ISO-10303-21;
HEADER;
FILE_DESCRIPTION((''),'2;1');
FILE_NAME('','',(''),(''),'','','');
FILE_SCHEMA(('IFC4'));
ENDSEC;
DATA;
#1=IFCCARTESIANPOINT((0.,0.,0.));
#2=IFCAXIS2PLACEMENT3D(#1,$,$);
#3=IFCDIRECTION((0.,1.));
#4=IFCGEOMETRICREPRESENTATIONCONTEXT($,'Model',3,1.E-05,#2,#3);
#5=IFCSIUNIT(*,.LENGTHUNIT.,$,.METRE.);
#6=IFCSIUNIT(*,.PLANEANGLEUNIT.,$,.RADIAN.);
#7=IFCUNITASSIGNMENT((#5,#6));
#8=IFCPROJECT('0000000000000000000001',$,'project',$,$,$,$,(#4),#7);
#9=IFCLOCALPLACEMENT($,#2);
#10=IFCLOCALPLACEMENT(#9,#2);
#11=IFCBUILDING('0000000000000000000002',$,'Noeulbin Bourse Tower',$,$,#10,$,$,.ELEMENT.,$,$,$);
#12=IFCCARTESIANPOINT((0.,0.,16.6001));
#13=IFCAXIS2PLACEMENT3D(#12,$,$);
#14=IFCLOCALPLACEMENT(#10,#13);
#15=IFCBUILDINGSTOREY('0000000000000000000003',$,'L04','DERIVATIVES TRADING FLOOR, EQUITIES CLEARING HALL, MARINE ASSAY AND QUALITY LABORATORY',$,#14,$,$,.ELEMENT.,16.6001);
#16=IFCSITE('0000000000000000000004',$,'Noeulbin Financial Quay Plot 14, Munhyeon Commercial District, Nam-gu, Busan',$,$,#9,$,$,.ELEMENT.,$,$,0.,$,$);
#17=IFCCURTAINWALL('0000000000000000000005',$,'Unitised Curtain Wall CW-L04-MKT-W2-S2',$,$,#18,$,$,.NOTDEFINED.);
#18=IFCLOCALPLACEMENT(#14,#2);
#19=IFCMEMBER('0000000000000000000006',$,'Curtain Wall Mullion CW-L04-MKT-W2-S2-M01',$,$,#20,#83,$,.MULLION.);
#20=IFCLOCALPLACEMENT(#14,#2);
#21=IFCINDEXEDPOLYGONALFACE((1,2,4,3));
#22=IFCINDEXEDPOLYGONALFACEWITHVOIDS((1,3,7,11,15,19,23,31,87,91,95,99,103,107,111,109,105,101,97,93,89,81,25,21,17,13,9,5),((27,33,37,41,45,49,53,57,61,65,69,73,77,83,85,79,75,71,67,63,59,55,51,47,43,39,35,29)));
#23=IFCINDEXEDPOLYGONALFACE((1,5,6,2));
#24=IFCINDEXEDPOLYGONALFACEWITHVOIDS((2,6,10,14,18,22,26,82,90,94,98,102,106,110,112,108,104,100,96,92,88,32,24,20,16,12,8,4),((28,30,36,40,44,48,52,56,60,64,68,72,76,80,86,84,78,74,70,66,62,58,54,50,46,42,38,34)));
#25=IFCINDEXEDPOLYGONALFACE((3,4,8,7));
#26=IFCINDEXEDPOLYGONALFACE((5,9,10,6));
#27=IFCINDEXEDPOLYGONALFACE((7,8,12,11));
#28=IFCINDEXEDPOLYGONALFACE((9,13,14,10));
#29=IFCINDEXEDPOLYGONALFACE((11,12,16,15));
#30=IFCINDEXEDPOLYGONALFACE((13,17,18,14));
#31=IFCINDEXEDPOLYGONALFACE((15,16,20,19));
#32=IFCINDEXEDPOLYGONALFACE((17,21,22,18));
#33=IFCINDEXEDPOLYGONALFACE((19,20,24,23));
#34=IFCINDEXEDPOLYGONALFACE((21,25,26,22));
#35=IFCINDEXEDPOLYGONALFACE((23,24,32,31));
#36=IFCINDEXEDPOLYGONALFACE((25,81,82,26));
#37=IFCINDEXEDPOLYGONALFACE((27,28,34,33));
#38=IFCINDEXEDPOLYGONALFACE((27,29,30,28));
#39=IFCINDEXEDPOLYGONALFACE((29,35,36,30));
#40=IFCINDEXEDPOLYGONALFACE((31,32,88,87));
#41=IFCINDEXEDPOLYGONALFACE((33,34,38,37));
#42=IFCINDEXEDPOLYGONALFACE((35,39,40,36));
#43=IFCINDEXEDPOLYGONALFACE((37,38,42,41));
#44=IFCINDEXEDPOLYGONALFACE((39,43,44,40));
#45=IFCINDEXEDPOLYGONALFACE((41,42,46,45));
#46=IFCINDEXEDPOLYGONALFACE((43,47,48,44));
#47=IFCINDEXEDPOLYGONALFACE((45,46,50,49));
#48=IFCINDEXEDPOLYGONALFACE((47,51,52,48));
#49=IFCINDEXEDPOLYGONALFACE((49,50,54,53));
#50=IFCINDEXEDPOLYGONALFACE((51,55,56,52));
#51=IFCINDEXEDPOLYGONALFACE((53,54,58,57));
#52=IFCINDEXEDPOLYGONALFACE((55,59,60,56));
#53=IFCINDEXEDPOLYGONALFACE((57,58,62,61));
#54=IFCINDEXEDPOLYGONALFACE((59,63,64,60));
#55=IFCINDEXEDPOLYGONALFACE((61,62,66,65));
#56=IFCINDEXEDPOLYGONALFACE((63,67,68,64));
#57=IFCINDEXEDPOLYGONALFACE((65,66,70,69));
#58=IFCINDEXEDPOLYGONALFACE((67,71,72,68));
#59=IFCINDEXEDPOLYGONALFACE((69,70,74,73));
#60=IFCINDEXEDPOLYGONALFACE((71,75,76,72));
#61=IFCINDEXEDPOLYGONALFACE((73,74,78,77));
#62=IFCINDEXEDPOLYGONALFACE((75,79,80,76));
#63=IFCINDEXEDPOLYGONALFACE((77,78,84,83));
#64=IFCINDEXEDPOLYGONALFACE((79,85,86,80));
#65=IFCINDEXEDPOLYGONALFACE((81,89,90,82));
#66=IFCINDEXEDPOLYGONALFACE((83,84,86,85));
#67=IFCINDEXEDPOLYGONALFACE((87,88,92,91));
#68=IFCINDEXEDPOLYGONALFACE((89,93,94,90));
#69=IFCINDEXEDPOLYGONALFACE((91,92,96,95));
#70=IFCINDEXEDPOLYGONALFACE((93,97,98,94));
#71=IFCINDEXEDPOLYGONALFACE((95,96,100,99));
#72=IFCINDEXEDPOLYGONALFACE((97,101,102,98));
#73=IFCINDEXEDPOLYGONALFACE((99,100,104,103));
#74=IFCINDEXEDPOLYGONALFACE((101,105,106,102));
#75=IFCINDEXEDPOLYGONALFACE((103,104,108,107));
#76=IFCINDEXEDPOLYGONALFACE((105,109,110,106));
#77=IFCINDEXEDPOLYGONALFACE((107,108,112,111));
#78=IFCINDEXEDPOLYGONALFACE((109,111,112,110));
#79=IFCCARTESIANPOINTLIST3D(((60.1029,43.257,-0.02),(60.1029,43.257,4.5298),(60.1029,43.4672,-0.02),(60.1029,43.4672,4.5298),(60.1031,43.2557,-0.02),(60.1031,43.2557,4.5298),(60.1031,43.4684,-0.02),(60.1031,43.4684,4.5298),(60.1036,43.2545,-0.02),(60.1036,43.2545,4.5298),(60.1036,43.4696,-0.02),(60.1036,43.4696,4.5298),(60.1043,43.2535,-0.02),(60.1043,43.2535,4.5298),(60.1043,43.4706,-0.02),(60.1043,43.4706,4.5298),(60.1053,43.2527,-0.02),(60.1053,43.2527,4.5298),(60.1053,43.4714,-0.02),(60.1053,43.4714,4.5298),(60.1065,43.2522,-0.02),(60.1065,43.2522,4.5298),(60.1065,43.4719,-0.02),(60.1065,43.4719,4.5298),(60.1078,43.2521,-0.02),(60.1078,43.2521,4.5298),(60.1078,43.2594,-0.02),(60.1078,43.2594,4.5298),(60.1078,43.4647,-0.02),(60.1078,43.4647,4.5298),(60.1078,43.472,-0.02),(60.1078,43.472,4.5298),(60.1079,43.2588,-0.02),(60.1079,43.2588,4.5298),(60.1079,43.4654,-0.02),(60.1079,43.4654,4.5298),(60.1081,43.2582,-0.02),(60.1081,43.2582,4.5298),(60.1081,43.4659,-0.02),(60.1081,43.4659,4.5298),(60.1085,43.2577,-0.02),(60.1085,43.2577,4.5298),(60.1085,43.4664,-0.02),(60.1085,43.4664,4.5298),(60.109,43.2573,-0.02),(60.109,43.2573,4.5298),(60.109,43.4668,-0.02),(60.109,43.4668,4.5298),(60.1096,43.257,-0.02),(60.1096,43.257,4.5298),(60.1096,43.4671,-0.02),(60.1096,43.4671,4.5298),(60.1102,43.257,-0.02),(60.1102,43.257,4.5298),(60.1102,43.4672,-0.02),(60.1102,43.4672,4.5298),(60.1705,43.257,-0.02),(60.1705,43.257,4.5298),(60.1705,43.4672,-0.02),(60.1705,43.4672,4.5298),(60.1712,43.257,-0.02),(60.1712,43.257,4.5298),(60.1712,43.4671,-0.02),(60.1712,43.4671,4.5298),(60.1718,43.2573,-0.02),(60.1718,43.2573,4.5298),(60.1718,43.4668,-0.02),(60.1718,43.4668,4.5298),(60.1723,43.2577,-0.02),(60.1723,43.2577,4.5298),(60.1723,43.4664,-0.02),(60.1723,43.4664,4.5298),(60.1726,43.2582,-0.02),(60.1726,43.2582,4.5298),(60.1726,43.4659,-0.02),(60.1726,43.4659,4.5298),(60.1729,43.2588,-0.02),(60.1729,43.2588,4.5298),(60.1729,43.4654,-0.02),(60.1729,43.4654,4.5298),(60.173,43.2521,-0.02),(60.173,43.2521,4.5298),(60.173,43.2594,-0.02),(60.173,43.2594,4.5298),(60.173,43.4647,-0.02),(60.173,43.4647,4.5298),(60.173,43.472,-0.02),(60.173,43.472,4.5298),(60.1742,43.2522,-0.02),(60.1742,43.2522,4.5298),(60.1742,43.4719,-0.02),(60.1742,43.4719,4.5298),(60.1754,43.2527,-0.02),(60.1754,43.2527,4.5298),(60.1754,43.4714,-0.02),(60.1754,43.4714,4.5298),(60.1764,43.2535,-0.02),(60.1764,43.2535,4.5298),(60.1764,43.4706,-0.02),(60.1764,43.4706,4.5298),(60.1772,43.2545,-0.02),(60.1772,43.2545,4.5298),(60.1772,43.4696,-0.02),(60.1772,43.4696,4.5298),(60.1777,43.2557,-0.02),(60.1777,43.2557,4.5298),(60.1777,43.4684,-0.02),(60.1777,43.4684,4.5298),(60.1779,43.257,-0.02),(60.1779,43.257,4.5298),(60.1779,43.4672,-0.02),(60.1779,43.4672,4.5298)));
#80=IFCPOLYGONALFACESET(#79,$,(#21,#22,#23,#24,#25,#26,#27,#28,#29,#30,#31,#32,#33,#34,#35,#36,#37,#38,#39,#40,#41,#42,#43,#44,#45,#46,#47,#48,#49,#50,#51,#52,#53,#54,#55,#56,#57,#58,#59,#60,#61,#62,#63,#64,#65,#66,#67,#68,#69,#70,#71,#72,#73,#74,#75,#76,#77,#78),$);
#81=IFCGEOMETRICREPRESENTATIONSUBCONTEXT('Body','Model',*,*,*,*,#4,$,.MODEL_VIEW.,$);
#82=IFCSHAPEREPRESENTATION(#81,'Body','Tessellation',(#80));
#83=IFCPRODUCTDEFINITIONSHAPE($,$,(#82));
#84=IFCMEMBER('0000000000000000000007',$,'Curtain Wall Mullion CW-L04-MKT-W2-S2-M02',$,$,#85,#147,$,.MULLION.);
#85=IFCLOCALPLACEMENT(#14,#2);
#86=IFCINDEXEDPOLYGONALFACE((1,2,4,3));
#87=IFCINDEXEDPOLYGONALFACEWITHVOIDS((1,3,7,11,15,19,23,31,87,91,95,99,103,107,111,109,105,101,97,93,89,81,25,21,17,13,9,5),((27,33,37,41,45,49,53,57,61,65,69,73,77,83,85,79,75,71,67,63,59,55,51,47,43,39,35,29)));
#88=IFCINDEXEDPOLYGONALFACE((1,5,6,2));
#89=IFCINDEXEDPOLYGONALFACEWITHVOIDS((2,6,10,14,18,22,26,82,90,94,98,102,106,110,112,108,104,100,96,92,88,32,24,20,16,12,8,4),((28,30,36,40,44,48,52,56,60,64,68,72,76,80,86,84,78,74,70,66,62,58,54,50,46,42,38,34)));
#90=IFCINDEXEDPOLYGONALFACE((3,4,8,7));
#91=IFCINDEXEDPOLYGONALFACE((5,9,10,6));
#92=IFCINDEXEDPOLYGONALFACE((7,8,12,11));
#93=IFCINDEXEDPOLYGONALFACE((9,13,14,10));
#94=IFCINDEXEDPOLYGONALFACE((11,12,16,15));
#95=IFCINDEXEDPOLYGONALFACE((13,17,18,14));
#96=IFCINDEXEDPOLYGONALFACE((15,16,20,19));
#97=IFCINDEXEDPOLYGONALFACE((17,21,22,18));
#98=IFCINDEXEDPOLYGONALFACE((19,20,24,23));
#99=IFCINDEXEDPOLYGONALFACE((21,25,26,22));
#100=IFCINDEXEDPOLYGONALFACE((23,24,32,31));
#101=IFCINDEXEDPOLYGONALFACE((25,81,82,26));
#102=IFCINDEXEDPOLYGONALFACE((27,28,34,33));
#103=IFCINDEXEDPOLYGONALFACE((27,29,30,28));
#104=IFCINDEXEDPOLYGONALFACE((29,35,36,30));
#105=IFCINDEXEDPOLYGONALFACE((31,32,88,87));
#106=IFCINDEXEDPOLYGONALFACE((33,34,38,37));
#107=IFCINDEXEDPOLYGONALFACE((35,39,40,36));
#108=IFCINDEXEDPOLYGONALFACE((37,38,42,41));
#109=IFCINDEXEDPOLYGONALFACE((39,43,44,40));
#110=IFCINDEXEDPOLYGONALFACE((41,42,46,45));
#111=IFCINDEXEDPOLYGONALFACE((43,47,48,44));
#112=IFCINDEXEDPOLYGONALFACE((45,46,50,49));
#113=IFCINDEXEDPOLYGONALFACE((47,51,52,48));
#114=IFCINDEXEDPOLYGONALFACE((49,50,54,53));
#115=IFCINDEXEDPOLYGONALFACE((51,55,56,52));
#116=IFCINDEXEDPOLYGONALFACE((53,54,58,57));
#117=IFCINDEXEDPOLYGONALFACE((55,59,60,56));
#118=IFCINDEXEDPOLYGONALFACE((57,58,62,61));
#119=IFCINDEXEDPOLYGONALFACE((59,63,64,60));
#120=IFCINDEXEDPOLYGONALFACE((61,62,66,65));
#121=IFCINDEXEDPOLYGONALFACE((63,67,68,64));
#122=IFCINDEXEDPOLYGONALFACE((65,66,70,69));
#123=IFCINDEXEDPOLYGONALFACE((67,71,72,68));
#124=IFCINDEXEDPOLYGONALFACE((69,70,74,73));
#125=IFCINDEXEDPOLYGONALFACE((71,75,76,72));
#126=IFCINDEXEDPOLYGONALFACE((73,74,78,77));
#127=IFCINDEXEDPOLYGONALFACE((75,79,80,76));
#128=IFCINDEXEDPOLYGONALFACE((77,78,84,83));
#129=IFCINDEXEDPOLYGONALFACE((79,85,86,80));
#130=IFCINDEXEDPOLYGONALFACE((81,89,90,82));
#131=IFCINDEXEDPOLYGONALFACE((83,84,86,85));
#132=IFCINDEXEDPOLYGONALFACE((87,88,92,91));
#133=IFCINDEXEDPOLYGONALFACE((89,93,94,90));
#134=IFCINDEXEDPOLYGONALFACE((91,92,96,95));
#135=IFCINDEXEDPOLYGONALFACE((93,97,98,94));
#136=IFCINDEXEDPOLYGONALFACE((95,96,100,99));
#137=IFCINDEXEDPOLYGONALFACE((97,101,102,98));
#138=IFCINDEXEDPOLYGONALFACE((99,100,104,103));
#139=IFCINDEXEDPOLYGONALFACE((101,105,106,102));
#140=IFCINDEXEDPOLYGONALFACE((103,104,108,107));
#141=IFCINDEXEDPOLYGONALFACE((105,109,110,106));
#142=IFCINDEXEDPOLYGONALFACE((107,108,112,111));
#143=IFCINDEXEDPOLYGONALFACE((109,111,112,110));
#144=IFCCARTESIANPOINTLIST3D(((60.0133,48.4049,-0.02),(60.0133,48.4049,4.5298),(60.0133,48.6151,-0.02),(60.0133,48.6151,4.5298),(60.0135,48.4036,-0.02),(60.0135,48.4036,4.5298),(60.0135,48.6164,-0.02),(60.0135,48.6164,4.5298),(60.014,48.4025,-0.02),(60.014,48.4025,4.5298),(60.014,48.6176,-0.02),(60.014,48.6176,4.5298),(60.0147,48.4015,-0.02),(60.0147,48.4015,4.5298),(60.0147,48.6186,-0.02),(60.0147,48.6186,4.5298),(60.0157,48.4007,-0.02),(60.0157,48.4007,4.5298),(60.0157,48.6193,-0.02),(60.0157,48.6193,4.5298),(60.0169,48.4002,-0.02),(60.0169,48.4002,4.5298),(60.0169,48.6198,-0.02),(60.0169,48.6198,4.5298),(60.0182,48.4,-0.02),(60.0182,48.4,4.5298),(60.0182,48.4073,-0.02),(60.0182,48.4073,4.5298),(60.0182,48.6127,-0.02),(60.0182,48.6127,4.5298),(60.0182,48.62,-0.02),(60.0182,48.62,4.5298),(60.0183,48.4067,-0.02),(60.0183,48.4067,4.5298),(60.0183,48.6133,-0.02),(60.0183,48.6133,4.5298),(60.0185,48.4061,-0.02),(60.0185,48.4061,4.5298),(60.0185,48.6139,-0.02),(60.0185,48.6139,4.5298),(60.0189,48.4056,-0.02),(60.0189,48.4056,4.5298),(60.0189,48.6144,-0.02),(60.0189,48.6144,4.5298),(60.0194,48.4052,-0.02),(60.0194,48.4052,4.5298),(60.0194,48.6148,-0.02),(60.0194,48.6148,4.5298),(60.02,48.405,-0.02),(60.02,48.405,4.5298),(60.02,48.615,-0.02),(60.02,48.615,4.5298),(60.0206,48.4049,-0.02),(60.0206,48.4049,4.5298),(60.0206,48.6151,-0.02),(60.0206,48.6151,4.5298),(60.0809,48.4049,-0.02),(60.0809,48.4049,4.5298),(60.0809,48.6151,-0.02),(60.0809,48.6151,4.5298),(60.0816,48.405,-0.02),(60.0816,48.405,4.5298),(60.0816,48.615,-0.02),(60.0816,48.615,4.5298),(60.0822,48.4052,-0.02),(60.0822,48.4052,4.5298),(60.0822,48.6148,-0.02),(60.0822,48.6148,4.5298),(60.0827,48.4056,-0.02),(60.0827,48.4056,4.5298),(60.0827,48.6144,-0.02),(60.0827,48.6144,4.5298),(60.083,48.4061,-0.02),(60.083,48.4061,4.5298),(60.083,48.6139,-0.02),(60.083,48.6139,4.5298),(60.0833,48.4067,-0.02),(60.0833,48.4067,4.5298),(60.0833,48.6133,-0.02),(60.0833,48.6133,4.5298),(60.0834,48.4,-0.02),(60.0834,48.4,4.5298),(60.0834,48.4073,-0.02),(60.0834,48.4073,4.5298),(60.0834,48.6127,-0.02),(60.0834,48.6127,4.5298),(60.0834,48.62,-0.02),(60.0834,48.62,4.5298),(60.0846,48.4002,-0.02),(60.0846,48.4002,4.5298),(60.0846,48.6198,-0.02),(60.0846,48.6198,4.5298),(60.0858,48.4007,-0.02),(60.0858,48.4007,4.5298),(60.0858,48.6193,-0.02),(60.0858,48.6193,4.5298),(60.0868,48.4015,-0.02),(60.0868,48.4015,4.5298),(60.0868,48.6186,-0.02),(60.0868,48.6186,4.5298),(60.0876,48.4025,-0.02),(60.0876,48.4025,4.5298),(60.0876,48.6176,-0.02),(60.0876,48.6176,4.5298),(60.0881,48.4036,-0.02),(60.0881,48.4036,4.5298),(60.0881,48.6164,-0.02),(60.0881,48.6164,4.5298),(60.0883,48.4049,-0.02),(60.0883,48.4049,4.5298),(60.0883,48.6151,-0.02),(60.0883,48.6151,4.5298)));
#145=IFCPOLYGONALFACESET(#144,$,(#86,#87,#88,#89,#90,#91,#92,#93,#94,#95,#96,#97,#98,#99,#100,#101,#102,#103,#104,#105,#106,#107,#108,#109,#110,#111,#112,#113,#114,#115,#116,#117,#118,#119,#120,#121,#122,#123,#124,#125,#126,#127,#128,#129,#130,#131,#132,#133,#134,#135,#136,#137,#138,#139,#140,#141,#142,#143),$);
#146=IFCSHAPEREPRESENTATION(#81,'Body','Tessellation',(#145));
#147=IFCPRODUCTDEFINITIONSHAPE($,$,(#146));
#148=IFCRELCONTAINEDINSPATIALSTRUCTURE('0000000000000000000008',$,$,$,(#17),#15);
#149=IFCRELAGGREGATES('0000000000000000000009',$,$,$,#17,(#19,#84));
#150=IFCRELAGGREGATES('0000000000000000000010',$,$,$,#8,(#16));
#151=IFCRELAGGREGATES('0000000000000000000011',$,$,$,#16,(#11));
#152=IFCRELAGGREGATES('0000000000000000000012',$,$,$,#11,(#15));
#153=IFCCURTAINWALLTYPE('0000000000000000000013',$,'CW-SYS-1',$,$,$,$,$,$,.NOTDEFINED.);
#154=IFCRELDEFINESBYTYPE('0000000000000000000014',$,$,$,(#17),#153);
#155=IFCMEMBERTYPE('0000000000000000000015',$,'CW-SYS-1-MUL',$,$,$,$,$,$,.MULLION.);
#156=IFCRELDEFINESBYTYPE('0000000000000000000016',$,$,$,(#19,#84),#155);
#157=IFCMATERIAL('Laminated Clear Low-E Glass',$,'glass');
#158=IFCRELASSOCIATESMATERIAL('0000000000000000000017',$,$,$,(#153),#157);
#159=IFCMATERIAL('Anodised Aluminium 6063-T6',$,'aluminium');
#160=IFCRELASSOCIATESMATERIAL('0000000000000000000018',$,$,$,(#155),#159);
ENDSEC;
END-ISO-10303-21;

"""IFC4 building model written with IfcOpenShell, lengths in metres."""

from ifc_helpers import new_model, si_unit, direction, frame, origin, origin_2d, place, context, subcontext, project, spatial, hollow_rectangle, extrude, material, material_profile, profile_set, type_object, element, aggregate, save


model = new_model("IFC4")

# Units and contexts
model_context = context("Model", 3, precision=1e-05, world=origin(), true_north=direction((0.0, 1.0)))
body_context = subcontext(model_context, "Body", "Model", "MODEL_VIEW")
ifc_project = project(units=[si_unit("LENGTHUNIT", "METRE"), si_unit("PLANEANGLEUNIT", "RADIAN")], contexts=[model_context])

# Site, building, storey
site_placement = place(None, origin())
site = spatial("IfcSite", under=ifc_project, at=site_placement, Name="Noeulbin Financial Quay Plot 14, Munhyeon Commercial District, Nam-gu, Busan", CompositionType="ELEMENT", RefElevation=0.0)
building_placement = place(site_placement, origin())
building = spatial("IfcBuilding", under=site, at=building_placement, Name="Noeulbin Bourse Tower", CompositionType="ELEMENT")
storey_placement = place(building_placement, frame((0.0, 0.0, 16.6001)))
storey = spatial("IfcBuildingStorey", under=building, at=storey_placement, Name="L04", Description="DERIVATIVES TRADING FLOOR, EQUITIES CLEARING HALL, MARINE ASSAY AND QUALITY LABORATORY", CompositionType="ELEMENT", Elevation=16.6001)

# Shared definitions
ifc_material_1 = material(Name="Laminated Clear Low-E Glass", Category="glass")
curtain_wall_type = type_object("IfcCurtainWallType", Name="CW-SYS-1", PredefinedType="NOTDEFINED", material=ifc_material_1)
ifc_material_2 = material(Name="Anodised Aluminium 6063-T6", Category="aluminium")
ifc_material_profile_1 = material_profile(ifc_material_2, hollow_rectangle(XDim=0.075, YDim=0.22, WallThickness=0.0049, InnerFilletRadius=0.0024, OuterFilletRadius=0.0049, at=origin_2d()), Name="ALU-MULL-75x220x5", Category="LoadBearing")
ifc_profile_set_1 = profile_set([ifc_material_profile_1], Name="Anodised Aluminium 6063-T6")
member_type_1 = type_object("IfcMemberType", Name="CW-SYS-1-MUL", PredefinedType="MULLION", material=ifc_profile_set_1)

# Curtain wall, members
curtain_wall_1_placement = place(storey_placement, origin())
curtain_wall_1 = element("IfcCurtainWall", 1, at=curtain_wall_1_placement, inside=storey, type_object=curtain_wall_type, Name="Unitised Curtain Wall CW-L04-MKT-W2-S2", PredefinedType="NOTDEFINED")
member_1_placement = place(storey_placement, frame((60.1404, 43.3621, -0.02), z_axis=(0.0, 0.0, 1.0), x_axis=(1.0, 0.0, 0.0)))
member_1 = element("IfcMember", 2, at=member_1_placement, type_object=member_type_1, Name="Curtain Wall Mullion CW-L04-MKT-W2-S2-M01", PredefinedType="MULLION", context=body_context, shape_type="SweptSolid", body=[
    extrude(hollow_rectangle(XDim=0.075, YDim=0.22, WallThickness=0.0049, InnerFilletRadius=0.0024, OuterFilletRadius=0.0049, at=origin_2d()), origin(), (0.0, 0.0, 1.0), 4.5498),
])
member_2_placement = place(storey_placement, frame((60.0508, 48.51, -0.02), z_axis=(0.0, 0.0, 1.0), x_axis=(1.0, 0.0, 0.0)))
member_2 = element("IfcMember", 3, at=member_2_placement, type_object=member_type_1, Name="Curtain Wall Mullion CW-L04-MKT-W2-S2-M02", PredefinedType="MULLION", context=body_context, shape_type="SweptSolid", body=[
    extrude(hollow_rectangle(XDim=0.075, YDim=0.22, WallThickness=0.0049, InnerFilletRadius=0.0024, OuterFilletRadius=0.0049, at=origin_2d()), origin(), (0.0, 0.0, 1.0), 4.5498),
])

aggregate(curtain_wall_1, [member_1, member_2])

save(model, "model.ifc")
